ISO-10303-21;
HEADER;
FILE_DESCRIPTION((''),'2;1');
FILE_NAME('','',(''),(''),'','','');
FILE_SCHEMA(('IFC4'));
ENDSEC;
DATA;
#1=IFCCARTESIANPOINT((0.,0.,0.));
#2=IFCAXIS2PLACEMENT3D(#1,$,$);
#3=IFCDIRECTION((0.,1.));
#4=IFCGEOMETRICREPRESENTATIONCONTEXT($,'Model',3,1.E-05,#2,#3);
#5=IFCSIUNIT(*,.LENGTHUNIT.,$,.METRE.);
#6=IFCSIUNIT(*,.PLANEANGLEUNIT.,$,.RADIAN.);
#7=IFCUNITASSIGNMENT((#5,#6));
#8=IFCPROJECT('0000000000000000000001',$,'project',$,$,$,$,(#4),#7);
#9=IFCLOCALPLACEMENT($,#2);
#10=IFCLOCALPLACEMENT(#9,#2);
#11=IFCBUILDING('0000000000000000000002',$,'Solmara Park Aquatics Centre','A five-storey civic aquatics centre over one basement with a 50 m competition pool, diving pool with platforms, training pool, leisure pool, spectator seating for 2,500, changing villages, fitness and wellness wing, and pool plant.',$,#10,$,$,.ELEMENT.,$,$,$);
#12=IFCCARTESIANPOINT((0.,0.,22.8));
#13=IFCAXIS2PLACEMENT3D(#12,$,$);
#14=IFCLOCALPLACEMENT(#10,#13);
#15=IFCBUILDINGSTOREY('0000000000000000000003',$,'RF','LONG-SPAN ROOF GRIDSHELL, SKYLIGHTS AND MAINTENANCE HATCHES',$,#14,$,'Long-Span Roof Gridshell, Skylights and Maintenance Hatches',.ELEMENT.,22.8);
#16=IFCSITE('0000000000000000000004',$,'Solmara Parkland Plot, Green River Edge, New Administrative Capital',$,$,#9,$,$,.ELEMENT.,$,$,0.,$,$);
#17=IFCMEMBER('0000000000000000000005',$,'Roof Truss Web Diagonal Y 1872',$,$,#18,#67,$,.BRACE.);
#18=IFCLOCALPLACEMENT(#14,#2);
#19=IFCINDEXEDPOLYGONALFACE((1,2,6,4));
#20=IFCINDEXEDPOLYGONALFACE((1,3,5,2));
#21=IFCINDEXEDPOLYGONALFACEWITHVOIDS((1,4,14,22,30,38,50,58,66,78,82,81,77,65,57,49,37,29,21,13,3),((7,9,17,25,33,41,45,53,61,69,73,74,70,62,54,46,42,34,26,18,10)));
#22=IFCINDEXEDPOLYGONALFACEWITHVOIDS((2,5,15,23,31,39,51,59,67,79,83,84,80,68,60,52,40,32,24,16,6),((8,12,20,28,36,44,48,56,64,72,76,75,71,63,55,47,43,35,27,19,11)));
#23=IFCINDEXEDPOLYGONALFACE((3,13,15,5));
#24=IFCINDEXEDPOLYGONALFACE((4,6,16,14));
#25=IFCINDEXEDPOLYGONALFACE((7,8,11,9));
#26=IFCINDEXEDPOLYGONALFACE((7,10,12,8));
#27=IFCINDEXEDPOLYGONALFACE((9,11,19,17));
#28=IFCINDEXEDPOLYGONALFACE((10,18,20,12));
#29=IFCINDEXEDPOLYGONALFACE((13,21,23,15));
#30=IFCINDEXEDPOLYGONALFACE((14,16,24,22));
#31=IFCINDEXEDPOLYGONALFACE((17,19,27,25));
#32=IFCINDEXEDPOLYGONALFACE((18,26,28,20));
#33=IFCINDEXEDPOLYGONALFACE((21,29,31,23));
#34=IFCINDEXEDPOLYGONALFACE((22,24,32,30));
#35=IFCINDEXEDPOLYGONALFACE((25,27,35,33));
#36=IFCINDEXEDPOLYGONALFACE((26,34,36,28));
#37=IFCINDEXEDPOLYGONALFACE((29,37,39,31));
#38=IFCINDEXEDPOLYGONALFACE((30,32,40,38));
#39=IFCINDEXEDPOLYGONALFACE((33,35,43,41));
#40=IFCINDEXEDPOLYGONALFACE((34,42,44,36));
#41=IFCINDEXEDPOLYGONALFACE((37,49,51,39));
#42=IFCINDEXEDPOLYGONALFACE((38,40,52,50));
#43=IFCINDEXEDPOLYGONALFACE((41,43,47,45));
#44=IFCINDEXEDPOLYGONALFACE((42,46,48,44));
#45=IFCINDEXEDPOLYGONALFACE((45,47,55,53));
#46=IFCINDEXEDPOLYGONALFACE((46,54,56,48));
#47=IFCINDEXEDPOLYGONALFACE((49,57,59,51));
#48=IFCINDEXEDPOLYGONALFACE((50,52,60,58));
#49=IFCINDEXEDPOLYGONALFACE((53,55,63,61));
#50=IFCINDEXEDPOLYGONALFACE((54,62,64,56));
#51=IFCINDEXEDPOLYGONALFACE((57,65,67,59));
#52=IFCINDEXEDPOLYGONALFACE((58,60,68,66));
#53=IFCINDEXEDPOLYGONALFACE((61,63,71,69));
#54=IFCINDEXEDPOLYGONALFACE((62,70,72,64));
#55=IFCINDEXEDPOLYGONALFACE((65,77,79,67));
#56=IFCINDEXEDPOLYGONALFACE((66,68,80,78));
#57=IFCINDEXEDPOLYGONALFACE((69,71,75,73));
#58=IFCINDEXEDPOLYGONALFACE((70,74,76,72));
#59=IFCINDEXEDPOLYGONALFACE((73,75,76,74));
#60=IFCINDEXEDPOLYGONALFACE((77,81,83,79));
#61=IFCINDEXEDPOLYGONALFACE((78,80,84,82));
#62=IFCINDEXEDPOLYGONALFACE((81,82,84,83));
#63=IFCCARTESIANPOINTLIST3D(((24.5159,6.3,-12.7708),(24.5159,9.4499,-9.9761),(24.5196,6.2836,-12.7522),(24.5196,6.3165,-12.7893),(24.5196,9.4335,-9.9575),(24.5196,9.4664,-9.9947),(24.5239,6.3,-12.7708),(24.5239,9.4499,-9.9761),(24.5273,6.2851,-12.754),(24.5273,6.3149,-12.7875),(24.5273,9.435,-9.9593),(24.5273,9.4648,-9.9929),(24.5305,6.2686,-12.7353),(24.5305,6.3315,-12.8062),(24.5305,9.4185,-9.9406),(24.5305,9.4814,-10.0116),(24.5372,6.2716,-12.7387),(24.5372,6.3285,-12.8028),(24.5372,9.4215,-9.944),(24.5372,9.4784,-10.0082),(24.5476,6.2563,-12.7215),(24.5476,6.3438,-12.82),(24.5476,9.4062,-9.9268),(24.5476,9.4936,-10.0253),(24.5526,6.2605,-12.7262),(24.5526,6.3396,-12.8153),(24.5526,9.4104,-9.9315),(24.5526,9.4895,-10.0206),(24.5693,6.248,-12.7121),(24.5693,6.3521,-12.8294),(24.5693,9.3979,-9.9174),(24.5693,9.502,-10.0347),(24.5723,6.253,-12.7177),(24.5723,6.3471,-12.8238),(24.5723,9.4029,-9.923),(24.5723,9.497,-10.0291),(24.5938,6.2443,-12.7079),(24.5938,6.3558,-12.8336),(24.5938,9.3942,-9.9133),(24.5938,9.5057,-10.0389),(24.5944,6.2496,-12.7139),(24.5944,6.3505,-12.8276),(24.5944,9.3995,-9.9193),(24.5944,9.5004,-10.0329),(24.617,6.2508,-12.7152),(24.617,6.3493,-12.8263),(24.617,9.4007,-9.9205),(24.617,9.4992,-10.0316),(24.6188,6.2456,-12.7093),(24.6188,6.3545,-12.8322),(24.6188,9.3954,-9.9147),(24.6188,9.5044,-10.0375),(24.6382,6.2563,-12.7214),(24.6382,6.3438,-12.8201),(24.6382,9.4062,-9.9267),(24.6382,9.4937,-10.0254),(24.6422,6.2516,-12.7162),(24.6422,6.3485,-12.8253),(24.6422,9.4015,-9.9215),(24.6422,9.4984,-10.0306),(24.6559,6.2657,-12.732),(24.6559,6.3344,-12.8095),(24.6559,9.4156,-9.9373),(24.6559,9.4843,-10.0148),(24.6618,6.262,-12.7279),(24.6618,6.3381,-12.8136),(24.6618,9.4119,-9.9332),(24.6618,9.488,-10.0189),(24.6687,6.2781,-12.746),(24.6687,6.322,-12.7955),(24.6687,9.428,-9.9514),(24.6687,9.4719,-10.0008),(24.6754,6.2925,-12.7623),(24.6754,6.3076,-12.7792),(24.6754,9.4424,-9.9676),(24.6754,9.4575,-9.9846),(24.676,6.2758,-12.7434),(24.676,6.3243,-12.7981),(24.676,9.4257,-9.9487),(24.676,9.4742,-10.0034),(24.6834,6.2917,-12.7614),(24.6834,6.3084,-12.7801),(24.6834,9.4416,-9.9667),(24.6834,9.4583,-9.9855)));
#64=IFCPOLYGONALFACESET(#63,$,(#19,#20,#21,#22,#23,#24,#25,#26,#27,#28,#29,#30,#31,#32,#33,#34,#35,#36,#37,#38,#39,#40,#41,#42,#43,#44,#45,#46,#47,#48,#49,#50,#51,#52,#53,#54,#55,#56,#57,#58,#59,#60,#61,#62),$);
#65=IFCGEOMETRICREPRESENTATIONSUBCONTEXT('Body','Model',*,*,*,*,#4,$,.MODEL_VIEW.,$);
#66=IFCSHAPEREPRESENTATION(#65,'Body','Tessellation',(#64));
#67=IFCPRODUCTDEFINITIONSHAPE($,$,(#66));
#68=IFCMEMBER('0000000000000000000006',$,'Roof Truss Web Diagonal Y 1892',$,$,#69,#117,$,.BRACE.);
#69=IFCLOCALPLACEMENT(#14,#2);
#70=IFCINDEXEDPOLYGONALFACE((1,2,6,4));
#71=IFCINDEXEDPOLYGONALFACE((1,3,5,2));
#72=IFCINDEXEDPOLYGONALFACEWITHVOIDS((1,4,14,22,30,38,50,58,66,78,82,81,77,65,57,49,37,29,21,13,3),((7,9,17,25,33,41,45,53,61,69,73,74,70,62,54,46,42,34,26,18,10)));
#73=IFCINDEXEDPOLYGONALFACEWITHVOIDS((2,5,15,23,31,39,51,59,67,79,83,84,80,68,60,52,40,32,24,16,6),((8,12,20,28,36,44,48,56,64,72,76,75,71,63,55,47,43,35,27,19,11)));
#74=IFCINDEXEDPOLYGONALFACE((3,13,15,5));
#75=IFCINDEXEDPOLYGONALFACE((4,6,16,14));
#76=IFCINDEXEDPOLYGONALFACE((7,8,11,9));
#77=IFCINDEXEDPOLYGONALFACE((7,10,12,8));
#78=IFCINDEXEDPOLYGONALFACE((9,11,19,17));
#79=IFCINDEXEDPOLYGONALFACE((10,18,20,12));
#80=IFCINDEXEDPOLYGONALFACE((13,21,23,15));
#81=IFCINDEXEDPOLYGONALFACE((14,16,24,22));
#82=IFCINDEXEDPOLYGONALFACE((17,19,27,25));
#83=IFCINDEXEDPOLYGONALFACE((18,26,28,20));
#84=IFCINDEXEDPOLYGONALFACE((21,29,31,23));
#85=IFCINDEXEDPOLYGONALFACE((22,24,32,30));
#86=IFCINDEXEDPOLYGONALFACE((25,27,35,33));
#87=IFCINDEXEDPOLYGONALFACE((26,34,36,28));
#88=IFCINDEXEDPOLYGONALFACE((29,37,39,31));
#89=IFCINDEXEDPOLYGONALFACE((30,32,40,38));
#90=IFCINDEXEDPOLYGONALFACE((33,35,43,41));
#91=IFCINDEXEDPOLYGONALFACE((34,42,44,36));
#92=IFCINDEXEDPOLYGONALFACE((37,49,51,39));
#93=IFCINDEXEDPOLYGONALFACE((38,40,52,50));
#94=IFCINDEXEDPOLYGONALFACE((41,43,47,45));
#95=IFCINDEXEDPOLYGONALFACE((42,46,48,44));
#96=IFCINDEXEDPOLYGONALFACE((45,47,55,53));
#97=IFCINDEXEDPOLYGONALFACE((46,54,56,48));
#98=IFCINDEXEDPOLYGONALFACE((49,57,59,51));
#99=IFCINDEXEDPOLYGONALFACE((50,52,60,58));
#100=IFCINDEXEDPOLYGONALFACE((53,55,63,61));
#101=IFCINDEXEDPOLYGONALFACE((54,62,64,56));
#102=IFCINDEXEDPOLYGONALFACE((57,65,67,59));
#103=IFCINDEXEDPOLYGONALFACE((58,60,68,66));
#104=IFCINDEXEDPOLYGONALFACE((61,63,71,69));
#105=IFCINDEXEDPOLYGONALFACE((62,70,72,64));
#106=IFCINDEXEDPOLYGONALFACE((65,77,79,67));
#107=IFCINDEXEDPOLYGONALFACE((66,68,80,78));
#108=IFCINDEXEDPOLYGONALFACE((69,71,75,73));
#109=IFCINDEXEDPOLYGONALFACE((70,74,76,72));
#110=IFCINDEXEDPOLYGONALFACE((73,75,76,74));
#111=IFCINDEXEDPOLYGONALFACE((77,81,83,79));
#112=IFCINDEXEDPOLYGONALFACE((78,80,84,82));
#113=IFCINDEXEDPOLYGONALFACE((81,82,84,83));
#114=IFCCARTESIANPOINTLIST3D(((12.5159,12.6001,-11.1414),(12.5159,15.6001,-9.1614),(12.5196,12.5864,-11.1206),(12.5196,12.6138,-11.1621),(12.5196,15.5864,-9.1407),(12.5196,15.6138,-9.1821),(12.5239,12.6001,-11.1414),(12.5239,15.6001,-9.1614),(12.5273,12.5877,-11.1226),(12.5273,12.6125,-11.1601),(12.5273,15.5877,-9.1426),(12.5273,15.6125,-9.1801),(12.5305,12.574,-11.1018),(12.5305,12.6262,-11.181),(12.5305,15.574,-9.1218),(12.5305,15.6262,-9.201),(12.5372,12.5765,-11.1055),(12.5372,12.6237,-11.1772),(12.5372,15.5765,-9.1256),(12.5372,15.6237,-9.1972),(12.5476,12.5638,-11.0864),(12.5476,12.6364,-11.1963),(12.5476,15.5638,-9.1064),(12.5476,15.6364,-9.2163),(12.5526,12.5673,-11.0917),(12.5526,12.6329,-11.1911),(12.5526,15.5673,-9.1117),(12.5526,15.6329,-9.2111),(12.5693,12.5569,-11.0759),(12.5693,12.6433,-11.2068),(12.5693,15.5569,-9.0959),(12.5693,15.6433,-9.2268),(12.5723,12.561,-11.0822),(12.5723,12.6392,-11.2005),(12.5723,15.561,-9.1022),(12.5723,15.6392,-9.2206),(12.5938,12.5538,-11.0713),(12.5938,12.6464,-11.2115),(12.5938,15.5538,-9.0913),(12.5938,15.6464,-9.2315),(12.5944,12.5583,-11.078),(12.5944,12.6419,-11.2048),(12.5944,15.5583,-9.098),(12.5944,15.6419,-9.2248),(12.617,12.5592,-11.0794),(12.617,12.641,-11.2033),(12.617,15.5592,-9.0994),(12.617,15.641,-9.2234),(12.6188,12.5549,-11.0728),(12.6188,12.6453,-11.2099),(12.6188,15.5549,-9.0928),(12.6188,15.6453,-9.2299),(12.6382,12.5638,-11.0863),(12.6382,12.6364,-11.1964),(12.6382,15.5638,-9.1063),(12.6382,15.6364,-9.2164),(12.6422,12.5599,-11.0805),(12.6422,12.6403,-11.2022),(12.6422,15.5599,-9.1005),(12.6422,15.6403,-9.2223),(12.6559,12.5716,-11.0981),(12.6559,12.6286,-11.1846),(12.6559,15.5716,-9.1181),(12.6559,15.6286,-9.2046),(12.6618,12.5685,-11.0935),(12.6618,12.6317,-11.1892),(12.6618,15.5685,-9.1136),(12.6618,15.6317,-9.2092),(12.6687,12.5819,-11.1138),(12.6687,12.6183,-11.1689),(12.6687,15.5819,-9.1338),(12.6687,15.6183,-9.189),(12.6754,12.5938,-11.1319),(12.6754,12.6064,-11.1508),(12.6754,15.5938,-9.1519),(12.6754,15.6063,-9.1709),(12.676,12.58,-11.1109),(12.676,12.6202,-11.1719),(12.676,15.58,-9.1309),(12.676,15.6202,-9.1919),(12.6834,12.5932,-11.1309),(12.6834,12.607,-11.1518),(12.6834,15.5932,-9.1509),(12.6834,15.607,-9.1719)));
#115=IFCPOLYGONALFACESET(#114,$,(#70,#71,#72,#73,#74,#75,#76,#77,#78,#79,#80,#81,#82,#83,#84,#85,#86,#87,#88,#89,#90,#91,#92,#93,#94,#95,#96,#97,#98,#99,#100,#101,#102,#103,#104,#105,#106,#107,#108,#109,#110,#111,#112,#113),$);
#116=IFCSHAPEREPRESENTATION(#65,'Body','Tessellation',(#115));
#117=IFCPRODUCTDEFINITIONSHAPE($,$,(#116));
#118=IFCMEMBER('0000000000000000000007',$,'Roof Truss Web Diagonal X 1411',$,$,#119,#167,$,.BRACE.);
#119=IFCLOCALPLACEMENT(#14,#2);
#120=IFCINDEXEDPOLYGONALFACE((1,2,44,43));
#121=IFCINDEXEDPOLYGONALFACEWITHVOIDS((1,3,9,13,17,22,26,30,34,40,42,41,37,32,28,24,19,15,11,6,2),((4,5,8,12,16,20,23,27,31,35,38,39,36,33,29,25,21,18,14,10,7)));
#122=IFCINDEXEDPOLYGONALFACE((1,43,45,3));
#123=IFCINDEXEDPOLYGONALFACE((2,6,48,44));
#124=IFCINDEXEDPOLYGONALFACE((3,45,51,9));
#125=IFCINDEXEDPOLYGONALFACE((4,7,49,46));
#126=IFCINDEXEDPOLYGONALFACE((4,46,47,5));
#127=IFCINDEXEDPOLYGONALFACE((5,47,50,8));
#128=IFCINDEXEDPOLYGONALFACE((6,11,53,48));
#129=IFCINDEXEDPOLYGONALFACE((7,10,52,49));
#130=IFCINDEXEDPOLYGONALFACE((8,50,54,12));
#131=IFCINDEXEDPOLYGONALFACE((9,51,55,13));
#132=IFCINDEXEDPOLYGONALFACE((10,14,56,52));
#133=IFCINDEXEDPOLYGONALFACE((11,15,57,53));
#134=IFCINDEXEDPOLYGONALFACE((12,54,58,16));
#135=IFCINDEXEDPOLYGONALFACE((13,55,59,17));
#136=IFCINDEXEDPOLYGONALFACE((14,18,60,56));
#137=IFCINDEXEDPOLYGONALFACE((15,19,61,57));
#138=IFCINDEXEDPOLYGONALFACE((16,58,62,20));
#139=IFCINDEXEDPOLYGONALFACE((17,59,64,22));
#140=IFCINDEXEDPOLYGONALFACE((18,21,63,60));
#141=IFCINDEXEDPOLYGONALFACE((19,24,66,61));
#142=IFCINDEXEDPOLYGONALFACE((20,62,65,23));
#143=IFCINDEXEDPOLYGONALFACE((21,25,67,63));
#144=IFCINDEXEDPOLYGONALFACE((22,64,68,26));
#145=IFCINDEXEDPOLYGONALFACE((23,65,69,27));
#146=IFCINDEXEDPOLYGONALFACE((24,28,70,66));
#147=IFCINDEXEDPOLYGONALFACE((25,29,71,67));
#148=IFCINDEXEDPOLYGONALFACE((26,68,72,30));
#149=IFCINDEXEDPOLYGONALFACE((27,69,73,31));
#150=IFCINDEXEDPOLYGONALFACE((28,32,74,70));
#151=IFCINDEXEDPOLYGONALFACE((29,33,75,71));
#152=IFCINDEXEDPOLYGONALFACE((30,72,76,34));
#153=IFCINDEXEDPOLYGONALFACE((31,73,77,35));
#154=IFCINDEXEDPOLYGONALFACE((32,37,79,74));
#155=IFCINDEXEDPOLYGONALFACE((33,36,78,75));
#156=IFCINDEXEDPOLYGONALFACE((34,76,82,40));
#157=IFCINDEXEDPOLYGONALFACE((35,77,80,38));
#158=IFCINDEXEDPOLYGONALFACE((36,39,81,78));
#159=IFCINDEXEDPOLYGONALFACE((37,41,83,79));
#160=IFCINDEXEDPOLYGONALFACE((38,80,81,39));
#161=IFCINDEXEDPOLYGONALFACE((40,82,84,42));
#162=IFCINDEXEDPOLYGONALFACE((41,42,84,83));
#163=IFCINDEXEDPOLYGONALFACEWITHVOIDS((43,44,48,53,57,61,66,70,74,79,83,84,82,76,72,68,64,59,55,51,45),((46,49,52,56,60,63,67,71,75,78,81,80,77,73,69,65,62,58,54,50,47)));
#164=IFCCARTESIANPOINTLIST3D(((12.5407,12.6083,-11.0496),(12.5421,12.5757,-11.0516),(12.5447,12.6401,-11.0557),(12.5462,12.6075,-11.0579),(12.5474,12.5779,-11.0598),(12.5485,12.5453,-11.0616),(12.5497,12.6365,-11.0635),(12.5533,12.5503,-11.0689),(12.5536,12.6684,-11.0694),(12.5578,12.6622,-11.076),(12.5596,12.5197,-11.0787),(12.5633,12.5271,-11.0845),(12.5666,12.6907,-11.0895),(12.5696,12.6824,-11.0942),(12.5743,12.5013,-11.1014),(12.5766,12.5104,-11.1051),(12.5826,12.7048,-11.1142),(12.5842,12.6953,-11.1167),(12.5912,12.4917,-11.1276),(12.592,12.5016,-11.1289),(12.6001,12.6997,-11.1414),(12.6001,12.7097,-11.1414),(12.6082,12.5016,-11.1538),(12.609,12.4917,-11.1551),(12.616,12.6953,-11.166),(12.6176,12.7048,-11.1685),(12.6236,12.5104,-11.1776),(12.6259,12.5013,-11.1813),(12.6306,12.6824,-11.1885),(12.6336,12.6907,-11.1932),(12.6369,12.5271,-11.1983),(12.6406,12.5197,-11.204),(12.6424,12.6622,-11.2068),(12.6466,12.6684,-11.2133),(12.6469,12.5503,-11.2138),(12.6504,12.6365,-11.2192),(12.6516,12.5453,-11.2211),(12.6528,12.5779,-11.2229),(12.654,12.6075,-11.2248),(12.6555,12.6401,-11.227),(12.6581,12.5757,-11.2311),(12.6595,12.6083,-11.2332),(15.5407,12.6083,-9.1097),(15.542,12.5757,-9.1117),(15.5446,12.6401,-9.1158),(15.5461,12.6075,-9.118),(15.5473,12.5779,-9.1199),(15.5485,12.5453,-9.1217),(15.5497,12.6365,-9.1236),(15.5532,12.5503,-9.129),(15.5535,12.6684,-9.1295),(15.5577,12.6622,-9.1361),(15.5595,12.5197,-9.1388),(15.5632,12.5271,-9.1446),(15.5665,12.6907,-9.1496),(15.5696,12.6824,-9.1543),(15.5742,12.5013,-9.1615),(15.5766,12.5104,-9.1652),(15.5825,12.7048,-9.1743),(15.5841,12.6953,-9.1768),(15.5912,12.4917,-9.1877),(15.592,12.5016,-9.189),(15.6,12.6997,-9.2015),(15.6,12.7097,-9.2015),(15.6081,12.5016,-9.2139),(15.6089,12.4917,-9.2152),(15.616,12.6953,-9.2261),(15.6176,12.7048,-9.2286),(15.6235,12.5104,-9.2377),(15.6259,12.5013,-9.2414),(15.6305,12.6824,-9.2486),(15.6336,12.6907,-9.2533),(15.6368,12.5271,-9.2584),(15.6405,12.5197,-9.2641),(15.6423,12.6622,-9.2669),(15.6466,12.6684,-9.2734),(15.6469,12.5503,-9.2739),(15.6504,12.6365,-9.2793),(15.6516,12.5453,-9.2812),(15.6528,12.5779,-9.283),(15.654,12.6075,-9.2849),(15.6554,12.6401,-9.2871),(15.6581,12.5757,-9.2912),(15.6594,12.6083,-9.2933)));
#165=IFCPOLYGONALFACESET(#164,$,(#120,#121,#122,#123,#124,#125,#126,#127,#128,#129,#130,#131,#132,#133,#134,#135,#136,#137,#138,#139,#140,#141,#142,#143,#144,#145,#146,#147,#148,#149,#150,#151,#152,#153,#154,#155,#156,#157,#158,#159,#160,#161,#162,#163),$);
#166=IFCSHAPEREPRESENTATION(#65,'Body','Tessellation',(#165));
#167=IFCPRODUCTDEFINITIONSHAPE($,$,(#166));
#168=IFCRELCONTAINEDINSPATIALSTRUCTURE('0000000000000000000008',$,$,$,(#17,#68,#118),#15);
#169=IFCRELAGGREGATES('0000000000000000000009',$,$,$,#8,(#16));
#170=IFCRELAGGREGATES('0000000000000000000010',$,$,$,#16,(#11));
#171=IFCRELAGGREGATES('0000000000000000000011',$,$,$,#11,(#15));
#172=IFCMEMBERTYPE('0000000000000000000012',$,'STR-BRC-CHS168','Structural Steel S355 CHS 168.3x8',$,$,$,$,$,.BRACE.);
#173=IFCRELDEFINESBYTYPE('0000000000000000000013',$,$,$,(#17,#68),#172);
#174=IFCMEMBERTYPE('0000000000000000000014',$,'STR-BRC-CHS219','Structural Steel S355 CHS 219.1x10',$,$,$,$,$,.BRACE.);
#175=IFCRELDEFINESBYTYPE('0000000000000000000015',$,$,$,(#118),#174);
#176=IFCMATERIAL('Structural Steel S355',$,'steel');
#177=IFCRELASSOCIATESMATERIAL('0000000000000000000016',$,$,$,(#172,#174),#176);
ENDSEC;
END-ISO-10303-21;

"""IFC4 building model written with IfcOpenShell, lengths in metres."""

from ifc_helpers import new_model, si_unit, direction, frame, origin, origin_2d, place, context, subcontext, project, spatial, hollow_circle, extrude, material, material_profile, profile_set, type_object, element, save


model = new_model("IFC4")

# Units and contexts
model_context = context("Model", 3, precision=1e-05, world=origin(), true_north=direction((0.0, 1.0)))
body_context = subcontext(model_context, "Body", "Model", "MODEL_VIEW")
ifc_project = project(units=[si_unit("LENGTHUNIT", "METRE"), si_unit("PLANEANGLEUNIT", "RADIAN")], contexts=[model_context])

# Site, building, storey
site_placement = place(None, origin())
site = spatial("IfcSite", under=ifc_project, at=site_placement, Name="Solmara Parkland Plot, Green River Edge, New Administrative Capital", CompositionType="ELEMENT", RefElevation=0.0)
building_placement = place(site_placement, origin())
building = spatial("IfcBuilding", under=site, at=building_placement, Name="Solmara Park Aquatics Centre", Description="A five-storey civic aquatics centre over one basement with a 50 m competition pool, diving pool with platforms, training pool, leisure pool, spectator seating for 2,500, changing villages, fitness and wellness wing, and pool plant.", CompositionType="ELEMENT")
storey_placement = place(building_placement, frame((0.0, 0.0, 22.8)))
storey = spatial("IfcBuildingStorey", under=building, at=storey_placement, Name="RF", Description="LONG-SPAN ROOF GRIDSHELL, SKYLIGHTS AND MAINTENANCE HATCHES", LongName="Long-Span Roof Gridshell, Skylights and Maintenance Hatches", CompositionType="ELEMENT", Elevation=22.8)

# Members
ifc_material_1 = material(Name="Structural Steel S355", Category="steel")
ifc_material_profile_1 = material_profile(ifc_material_1, hollow_circle(Radius=0.0842, WallThickness=0.0081, at=origin_2d()), Name="CHS 168.3x8")
ifc_profile_set_1 = profile_set([ifc_material_profile_1], Name="Structural Steel S355")
member_type_1 = type_object("IfcMemberType", Name="STR-BRC-CHS168", Description="Structural Steel S355 CHS 168.3x8", PredefinedType="BRACE", material=ifc_profile_set_1)
member_1_placement = place(storey_placement, frame((24.6001, 6.3, -12.7708), z_axis=(0.0, 0.748026, 0.663669), x_axis=(-1.0, 0.0, 0.0)))
element("IfcMember", 1, at=member_1_placement, inside=storey, type_object=member_type_1, Name="Roof Truss Web Diagonal Y 1872", PredefinedType="BRACE", context=body_context, shape_type="SweptSolid", body=[
    extrude(hollow_circle(Radius=0.0842, WallThickness=0.0081, at=origin_2d()), origin(), (0.0, 0.0, 1.0), 4.2109),
])
member_2_placement = place(storey_placement, frame((12.6001, 12.6001, -11.1414), z_axis=(0.0, 0.834612, 0.550838), x_axis=(-1.0, 0.0, 0.0)))
element("IfcMember", 2, at=member_2_placement, inside=storey, type_object=member_type_1, Name="Roof Truss Web Diagonal Y 1892", PredefinedType="BRACE", context=body_context, shape_type="SweptSolid", body=[
    extrude(hollow_circle(Radius=0.0842, WallThickness=0.0081, at=origin_2d()), origin(), (0.0, 0.0, 1.0), 3.5945),
])
ifc_material_profile_2 = material_profile(ifc_material_1, hollow_circle(Radius=0.1096, WallThickness=0.01, at=origin_2d()), Name="CHS 219.1x10")
ifc_profile_set_2 = profile_set([ifc_material_profile_2], Name="Structural Steel S355")
member_type_2 = type_object("IfcMemberType", Name="STR-BRC-CHS219", Description="Structural Steel S355 CHS 219.1x10", PredefinedType="BRACE", material=ifc_profile_set_2)
member_3_placement = place(storey_placement, frame((12.6001, 12.6001, -11.1414), z_axis=(0.839728, 0.0, 0.543008), x_axis=(0.0, 1.0, 0.0)))
element("IfcMember", 3, at=member_3_placement, inside=storey, type_object=member_type_2, Name="Roof Truss Web Diagonal X 1411", PredefinedType="BRACE", context=body_context, shape_type="SweptSolid", body=[
    extrude(hollow_circle(Radius=0.1096, WallThickness=0.01, at=origin_2d()), origin(), (0.0, 0.0, 1.0), 3.5725),
])

save(model, "model.ifc")
